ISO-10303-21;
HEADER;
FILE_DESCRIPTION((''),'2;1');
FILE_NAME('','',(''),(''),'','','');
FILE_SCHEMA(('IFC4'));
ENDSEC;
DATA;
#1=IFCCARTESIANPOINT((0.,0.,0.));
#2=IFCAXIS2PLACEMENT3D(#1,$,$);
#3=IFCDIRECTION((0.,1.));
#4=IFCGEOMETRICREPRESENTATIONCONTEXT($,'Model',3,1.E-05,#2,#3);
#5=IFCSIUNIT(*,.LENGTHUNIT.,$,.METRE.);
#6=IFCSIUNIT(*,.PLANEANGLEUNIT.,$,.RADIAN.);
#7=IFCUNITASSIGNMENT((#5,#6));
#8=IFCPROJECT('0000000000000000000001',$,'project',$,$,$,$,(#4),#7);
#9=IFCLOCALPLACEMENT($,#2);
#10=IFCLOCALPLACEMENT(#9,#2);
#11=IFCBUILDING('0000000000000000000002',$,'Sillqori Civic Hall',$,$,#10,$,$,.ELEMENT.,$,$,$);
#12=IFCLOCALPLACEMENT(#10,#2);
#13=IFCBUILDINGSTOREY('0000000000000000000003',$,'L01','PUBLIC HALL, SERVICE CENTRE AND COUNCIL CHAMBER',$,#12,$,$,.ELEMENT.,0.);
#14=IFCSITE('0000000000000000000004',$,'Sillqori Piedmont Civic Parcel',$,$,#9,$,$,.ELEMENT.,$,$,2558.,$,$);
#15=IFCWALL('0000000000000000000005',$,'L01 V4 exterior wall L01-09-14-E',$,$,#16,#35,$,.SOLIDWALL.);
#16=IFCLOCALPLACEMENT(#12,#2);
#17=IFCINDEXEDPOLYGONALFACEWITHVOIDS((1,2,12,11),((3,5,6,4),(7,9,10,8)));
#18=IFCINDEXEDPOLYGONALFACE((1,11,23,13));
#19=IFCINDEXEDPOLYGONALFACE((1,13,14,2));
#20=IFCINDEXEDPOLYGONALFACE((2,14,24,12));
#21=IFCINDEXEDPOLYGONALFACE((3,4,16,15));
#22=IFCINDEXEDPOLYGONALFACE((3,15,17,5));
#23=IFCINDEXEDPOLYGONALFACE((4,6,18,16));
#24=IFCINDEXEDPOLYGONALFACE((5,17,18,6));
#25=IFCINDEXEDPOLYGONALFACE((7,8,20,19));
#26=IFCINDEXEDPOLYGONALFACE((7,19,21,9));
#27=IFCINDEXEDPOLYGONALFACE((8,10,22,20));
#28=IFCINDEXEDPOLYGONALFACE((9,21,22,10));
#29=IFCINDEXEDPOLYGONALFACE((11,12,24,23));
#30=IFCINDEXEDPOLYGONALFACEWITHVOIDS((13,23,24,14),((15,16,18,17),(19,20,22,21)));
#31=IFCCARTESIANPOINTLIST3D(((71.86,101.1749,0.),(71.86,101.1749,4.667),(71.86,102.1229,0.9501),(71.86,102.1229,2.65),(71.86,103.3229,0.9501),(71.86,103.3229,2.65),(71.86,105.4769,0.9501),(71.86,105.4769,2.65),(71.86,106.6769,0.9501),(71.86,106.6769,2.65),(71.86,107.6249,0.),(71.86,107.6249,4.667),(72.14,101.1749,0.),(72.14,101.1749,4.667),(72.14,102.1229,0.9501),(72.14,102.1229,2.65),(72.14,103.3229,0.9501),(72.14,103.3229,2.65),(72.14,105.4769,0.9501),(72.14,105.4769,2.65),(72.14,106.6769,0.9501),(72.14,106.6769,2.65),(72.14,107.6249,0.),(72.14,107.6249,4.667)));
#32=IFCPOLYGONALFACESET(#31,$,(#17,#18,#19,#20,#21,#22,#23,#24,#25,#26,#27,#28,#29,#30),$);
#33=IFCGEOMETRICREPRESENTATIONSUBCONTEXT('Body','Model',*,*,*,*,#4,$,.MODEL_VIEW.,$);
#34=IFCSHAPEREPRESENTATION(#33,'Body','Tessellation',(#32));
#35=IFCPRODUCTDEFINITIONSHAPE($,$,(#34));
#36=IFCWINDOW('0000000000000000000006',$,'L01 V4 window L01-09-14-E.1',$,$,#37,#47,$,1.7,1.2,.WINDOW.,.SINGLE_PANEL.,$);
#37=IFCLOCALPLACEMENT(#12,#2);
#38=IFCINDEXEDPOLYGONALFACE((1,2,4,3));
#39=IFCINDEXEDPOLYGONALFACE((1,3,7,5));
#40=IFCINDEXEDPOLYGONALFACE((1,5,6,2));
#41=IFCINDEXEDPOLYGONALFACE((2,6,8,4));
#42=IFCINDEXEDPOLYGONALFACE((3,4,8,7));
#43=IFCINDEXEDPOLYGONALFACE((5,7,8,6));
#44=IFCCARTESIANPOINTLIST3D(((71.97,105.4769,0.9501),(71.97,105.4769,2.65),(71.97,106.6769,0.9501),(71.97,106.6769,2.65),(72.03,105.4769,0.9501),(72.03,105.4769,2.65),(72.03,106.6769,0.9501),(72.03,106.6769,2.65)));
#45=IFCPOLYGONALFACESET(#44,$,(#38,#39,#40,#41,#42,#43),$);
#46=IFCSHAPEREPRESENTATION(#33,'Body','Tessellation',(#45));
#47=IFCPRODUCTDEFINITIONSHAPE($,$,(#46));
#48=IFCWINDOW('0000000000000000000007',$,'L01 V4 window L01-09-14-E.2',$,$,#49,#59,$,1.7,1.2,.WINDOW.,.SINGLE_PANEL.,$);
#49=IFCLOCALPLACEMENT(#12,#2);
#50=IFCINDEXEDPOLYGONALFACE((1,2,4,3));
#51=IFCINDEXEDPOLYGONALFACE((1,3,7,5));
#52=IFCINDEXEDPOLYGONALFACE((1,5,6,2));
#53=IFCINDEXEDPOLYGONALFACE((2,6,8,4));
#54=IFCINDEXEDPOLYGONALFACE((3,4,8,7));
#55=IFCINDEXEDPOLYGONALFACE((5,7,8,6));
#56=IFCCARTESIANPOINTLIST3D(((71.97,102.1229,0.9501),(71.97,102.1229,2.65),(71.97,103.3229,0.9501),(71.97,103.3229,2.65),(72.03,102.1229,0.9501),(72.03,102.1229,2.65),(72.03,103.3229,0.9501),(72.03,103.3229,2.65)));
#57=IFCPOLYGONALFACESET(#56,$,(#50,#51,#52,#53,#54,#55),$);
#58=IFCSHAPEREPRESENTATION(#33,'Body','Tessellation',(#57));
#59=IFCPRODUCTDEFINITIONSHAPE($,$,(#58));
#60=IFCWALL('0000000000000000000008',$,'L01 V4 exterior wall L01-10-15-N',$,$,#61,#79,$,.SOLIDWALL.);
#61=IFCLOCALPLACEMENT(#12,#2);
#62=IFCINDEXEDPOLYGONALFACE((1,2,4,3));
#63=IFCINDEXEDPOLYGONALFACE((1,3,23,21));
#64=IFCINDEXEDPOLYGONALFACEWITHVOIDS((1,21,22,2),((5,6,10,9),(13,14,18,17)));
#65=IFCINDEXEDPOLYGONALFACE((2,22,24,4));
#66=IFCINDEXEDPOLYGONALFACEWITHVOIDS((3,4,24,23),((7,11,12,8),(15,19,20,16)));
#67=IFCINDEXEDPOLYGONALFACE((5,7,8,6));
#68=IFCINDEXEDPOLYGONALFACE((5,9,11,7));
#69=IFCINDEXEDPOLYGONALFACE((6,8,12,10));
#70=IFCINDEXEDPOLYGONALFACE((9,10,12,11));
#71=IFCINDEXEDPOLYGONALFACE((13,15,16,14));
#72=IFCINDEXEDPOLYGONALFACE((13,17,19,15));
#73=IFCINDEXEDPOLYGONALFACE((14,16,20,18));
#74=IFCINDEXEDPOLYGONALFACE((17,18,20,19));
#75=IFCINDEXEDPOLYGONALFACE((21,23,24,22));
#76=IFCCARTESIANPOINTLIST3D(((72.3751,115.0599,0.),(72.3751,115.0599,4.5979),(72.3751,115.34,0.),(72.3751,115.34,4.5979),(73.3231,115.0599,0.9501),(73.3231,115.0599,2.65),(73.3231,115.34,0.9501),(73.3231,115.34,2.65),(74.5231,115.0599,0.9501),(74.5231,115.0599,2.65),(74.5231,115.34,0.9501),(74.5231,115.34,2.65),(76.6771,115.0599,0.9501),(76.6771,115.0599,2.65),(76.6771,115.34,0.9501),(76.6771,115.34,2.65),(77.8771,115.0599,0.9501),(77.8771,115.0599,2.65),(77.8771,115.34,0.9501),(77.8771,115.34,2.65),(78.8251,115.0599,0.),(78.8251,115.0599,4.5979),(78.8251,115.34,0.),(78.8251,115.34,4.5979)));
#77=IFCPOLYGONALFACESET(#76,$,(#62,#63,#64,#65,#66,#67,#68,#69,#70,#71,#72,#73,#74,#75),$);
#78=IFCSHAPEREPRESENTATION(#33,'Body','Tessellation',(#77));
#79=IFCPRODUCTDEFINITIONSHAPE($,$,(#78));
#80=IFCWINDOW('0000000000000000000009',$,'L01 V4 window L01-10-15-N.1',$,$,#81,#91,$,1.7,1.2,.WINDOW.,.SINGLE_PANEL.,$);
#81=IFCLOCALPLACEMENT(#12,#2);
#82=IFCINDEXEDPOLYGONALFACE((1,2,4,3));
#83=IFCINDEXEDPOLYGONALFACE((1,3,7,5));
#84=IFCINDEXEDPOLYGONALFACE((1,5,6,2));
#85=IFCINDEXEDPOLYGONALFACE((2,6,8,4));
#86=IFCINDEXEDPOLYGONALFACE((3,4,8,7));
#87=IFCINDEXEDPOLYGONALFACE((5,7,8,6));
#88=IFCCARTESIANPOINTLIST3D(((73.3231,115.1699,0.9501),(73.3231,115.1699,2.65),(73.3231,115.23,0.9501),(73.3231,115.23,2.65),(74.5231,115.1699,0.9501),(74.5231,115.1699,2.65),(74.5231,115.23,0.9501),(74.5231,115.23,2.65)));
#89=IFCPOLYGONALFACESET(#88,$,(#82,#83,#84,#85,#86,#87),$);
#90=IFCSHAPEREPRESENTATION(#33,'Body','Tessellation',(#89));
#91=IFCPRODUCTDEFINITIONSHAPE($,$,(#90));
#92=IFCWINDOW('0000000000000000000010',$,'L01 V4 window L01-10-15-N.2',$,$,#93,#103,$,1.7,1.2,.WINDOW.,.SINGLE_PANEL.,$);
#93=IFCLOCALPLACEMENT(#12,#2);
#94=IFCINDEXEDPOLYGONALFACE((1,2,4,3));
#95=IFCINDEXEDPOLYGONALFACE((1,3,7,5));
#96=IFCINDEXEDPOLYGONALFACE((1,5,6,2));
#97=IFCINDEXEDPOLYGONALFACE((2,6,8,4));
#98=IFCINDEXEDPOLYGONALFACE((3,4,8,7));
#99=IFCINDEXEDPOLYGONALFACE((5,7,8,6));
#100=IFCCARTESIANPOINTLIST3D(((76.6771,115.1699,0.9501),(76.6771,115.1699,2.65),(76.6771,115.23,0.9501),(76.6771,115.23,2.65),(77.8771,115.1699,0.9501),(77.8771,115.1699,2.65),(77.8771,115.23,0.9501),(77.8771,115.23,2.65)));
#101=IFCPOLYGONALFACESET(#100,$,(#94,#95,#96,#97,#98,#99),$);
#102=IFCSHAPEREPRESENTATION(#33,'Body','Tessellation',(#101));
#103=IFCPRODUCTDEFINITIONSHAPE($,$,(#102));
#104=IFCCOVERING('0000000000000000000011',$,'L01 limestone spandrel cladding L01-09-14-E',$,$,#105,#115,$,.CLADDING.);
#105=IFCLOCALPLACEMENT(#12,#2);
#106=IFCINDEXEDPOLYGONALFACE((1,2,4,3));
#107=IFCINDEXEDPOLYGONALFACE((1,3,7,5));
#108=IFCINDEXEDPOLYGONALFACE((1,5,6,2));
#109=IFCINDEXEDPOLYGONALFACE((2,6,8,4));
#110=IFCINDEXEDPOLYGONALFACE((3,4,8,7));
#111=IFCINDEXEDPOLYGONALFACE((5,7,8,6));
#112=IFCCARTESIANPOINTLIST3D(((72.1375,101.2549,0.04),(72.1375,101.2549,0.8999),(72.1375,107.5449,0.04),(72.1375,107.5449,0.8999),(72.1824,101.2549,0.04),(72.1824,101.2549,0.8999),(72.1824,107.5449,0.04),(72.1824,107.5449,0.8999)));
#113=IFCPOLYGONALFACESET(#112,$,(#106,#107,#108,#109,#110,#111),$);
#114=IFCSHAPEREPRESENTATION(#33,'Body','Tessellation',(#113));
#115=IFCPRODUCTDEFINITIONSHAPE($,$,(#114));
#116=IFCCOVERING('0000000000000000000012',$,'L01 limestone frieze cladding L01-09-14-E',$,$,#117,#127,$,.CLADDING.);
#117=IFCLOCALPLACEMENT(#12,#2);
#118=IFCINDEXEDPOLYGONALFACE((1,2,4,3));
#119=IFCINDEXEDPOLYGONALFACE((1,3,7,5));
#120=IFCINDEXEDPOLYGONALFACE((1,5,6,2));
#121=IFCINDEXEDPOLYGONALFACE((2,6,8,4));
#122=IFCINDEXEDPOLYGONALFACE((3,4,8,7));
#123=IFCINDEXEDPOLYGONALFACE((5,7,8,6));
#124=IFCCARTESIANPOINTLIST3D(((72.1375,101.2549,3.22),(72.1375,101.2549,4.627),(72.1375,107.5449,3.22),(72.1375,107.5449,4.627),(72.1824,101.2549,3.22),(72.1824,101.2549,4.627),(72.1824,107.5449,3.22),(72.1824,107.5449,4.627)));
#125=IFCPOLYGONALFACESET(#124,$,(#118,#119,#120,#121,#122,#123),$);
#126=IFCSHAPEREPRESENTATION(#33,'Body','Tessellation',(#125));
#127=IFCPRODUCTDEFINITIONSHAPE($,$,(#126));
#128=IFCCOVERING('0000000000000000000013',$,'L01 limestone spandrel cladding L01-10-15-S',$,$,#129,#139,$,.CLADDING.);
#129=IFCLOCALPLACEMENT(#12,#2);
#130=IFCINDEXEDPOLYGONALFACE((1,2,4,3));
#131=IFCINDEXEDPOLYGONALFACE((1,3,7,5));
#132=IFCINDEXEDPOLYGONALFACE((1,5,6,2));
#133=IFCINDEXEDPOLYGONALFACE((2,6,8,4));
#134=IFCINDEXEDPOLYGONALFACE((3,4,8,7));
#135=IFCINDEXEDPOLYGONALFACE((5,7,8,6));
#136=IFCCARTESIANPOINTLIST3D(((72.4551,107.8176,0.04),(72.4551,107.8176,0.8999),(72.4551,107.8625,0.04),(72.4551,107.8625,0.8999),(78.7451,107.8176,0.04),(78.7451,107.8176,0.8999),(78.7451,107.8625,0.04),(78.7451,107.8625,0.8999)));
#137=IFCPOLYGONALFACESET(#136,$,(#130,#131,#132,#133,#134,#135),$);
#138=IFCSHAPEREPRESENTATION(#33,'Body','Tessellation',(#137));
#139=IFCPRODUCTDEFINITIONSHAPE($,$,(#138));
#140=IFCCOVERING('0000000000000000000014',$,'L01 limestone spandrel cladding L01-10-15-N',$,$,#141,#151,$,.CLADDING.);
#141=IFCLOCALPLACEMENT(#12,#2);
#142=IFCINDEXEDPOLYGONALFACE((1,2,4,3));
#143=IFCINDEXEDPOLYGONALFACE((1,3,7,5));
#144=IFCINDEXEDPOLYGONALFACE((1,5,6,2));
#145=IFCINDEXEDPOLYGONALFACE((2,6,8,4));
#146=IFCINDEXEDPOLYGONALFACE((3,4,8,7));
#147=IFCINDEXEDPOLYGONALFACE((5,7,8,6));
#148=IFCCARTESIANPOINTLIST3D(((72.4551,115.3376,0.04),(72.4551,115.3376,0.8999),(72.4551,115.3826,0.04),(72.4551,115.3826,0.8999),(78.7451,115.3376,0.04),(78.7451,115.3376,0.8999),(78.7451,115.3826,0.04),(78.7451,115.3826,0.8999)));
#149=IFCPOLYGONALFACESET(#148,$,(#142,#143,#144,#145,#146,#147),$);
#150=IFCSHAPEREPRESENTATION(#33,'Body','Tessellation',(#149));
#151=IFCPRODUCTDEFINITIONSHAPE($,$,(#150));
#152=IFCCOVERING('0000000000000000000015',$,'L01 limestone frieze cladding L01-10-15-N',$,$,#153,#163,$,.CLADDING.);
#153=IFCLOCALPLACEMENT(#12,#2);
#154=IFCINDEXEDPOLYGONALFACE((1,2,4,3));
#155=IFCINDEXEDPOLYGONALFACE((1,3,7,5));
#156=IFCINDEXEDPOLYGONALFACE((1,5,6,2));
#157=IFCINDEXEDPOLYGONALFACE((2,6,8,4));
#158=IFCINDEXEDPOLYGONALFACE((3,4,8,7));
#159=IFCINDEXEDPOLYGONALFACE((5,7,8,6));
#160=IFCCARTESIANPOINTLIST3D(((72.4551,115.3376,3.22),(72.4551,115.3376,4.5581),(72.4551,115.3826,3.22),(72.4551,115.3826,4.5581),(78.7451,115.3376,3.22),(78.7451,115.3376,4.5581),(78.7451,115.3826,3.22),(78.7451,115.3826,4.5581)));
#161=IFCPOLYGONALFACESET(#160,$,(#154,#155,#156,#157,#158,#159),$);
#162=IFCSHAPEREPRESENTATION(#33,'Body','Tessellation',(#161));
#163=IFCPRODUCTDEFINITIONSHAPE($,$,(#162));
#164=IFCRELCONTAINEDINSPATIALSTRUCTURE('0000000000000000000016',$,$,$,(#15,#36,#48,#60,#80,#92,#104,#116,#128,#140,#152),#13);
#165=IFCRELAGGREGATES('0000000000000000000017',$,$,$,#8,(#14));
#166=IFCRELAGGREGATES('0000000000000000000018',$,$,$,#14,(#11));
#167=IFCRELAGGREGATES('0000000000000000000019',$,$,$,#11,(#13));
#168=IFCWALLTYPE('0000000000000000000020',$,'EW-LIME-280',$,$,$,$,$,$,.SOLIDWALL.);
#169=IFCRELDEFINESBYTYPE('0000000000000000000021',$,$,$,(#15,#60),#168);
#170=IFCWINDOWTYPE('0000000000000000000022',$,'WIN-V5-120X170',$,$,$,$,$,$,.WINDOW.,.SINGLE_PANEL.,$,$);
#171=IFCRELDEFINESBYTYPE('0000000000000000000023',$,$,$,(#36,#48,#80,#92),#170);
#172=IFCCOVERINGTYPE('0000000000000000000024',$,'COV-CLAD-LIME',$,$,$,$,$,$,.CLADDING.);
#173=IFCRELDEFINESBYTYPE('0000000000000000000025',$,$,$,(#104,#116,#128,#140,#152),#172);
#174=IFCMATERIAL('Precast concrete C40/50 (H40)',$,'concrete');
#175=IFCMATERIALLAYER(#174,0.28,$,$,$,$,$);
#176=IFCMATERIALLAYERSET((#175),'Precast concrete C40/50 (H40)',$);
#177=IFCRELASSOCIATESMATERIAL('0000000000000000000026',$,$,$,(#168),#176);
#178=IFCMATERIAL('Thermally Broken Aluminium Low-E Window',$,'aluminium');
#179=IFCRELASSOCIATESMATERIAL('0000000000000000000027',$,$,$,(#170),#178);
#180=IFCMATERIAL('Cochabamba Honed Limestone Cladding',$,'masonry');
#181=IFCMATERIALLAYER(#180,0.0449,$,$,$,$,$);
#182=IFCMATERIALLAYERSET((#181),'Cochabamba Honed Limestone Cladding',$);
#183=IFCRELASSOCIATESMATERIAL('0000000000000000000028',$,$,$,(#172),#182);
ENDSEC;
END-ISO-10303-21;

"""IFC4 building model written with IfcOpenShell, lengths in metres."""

from ifc_helpers import new_model, si_unit, direction, frame, frame_2d, origin, place, context, subcontext, project, spatial, rectangle, extrude, material, layer, layer_set, type_object, element, fill, save


model = new_model("IFC4")

# Units and contexts
model_context = context("Model", 3, precision=1e-05, world=origin(), true_north=direction((0.0, 1.0)))
body_context = subcontext(model_context, "Body", "Model", "MODEL_VIEW")
ifc_project = project(units=[si_unit("LENGTHUNIT", "METRE"), si_unit("PLANEANGLEUNIT", "RADIAN")], contexts=[model_context])

# Site, building, storey
site_placement = place(None, origin())
site = spatial("IfcSite", under=ifc_project, at=site_placement, Name="Sillqori Piedmont Civic Parcel", CompositionType="ELEMENT", RefElevation=2558.0)
building_placement = place(site_placement, origin())
building = spatial("IfcBuilding", under=site, at=building_placement, Name="Sillqori Civic Hall", CompositionType="ELEMENT")
storey_placement = place(building_placement, origin())
storey = spatial("IfcBuildingStorey", under=building, at=storey_placement, Name="L01", Description="PUBLIC HALL, SERVICE CENTRE AND COUNCIL CHAMBER", CompositionType="ELEMENT", Elevation=0.0)

# Walls, openings, windows
ifc_material_1 = material(Name="Precast concrete C40/50 (H40)", Category="concrete")
ifc_layer_1 = layer(ifc_material_1, 0.28)
ifc_layer_set_1 = layer_set([ifc_layer_1], Name="Precast concrete C40/50 (H40)")
wall_type = type_object("IfcWallType", Name="EW-LIME-280", PredefinedType="SOLIDWALL", material=ifc_layer_set_1)
wall_1_placement = place(storey_placement, frame((72.0, 107.625, 0.0), z_axis=(0.0, 0.0, 1.0), x_axis=(0.0, -1.0, 0.0)))
wall_1 = element("IfcWall", 1, at=wall_1_placement, inside=storey, type_object=wall_type, Name="L01 V4 exterior wall L01-09-14-E", PredefinedType="SOLIDWALL", context=body_context, shape_type="SweptSolid", body=[
    extrude(rectangle(XDim=6.45, YDim=0.28, at=frame_2d((3.2251, 0.0))), origin(), (0.0, 0.0, 1.0), 4.667),
])
opening_1_placement = place(wall_1_placement, frame((0.948, 0.0, 0.95)))
opening_1 = element("IfcOpeningElement", 2, at=opening_1_placement, cuts=wall_1, PredefinedType="OPENING", context=body_context, shape_type="SweptSolid", body=[
    extrude(rectangle(XDim=1.2, YDim=1.7, at=frame_2d((0.6001, 0.8501))), frame((0.0, 0.1499, 0.0), z_axis=(0.0, -1.0, 0.0), x_axis=(1.0, 0.0, 0.0)), (0.0, 0.0, 1.0), 0.3),
])
opening_2_placement = place(wall_1_placement, frame((4.302, 0.0, 0.95)))
opening_2 = element("IfcOpeningElement", 3, at=opening_2_placement, cuts=wall_1, PredefinedType="OPENING", context=body_context, shape_type="SweptSolid", body=[
    extrude(rectangle(XDim=1.2, YDim=1.7, at=frame_2d((0.6001, 0.8501))), frame((0.0, 0.1499, 0.0), z_axis=(0.0, -1.0, 0.0), x_axis=(1.0, 0.0, 0.0)), (0.0, 0.0, 1.0), 0.3),
])
ifc_material_2 = material(Name="Thermally Broken Aluminium Low-E Window", Category="aluminium")
window_type = type_object("IfcWindowType", Name="WIN-V5-120X170", PartitioningType="SINGLE_PANEL", PredefinedType="WINDOW", material=ifc_material_2)
window_1_placement = place(opening_1_placement, origin())
window_1 = element("IfcWindow", 4, at=window_1_placement, inside=storey, type_object=window_type, Name="L01 V4 window L01-09-14-E.1", OverallHeight=1.7, OverallWidth=1.2, PartitioningType="SINGLE_PANEL", PredefinedType="WINDOW", context=body_context, shape_type="SweptSolid", body=[
    extrude(rectangle(XDim=1.2, YDim=1.7, at=frame_2d((0.6001, 0.8501))), frame((0.0, 0.03, 0.0), z_axis=(0.0, -1.0, 0.0), x_axis=(1.0, 0.0, 0.0)), (0.0, 0.0, 1.0), 0.0601),
])
fill(opening_1, window_1)
window_2_placement = place(opening_2_placement, origin())
window_2 = element("IfcWindow", 5, at=window_2_placement, inside=storey, type_object=window_type, Name="L01 V4 window L01-09-14-E.2", OverallHeight=1.7, OverallWidth=1.2, PartitioningType="SINGLE_PANEL", PredefinedType="WINDOW", context=body_context, shape_type="SweptSolid", body=[
    extrude(rectangle(XDim=1.2, YDim=1.7, at=frame_2d((0.6001, 0.8501))), frame((0.0, 0.03, 0.0), z_axis=(0.0, -1.0, 0.0), x_axis=(1.0, 0.0, 0.0)), (0.0, 0.0, 1.0), 0.0601),
])
fill(opening_2, window_2)
wall_2_placement = place(storey_placement, frame((72.375, 115.2, 0.0), z_axis=(0.0, 0.0, 1.0), x_axis=(1.0, 0.0, 0.0)))
wall_2 = element("IfcWall", 6, at=wall_2_placement, inside=storey, type_object=wall_type, Name="L01 V4 exterior wall L01-10-15-N", PredefinedType="SOLIDWALL", context=body_context, shape_type="SweptSolid", body=[
    extrude(rectangle(XDim=6.45, YDim=0.28, at=frame_2d((3.2251, 0.0))), origin(), (0.0, 0.0, 1.0), 4.5979),
])
opening_3_placement = place(wall_2_placement, frame((0.948, 0.0, 0.95)))
opening_3 = element("IfcOpeningElement", 7, at=opening_3_placement, cuts=wall_2, PredefinedType="OPENING", context=body_context, shape_type="SweptSolid", body=[
    extrude(rectangle(XDim=1.2, YDim=1.7, at=frame_2d((0.6001, 0.8501))), frame((0.0, 0.1499, 0.0), z_axis=(0.0, -1.0, 0.0), x_axis=(1.0, 0.0, 0.0)), (0.0, 0.0, 1.0), 0.3),
])
opening_4_placement = place(wall_2_placement, frame((4.302, 0.0, 0.95)))
opening_4 = element("IfcOpeningElement", 8, at=opening_4_placement, cuts=wall_2, PredefinedType="OPENING", context=body_context, shape_type="SweptSolid", body=[
    extrude(rectangle(XDim=1.2, YDim=1.7, at=frame_2d((0.6001, 0.8501))), frame((0.0, 0.1499, 0.0), z_axis=(0.0, -1.0, 0.0), x_axis=(1.0, 0.0, 0.0)), (0.0, 0.0, 1.0), 0.3),
])
window_3_placement = place(opening_3_placement, origin())
window_3 = element("IfcWindow", 9, at=window_3_placement, inside=storey, type_object=window_type, Name="L01 V4 window L01-10-15-N.1", OverallHeight=1.7, OverallWidth=1.2, PartitioningType="SINGLE_PANEL", PredefinedType="WINDOW", context=body_context, shape_type="SweptSolid", body=[
    extrude(rectangle(XDim=1.2, YDim=1.7, at=frame_2d((0.6001, 0.8501))), frame((0.0, 0.03, 0.0), z_axis=(0.0, -1.0, 0.0), x_axis=(1.0, 0.0, 0.0)), (0.0, 0.0, 1.0), 0.0601),
])
fill(opening_3, window_3)
window_4_placement = place(opening_4_placement, origin())
window_4 = element("IfcWindow", 10, at=window_4_placement, inside=storey, type_object=window_type, Name="L01 V4 window L01-10-15-N.2", OverallHeight=1.7, OverallWidth=1.2, PartitioningType="SINGLE_PANEL", PredefinedType="WINDOW", context=body_context, shape_type="SweptSolid", body=[
    extrude(rectangle(XDim=1.2, YDim=1.7, at=frame_2d((0.6001, 0.8501))), frame((0.0, 0.03, 0.0), z_axis=(0.0, -1.0, 0.0), x_axis=(1.0, 0.0, 0.0)), (0.0, 0.0, 1.0), 0.0601),
])
fill(opening_4, window_4)

# Coverings
ifc_material_3 = material(Name="Cochabamba Honed Limestone Cladding", Category="masonry")
ifc_layer_2 = layer(ifc_material_3, 0.0449)
ifc_layer_set_2 = layer_set([ifc_layer_2], Name="Cochabamba Honed Limestone Cladding")
covering_type = type_object("IfcCoveringType", Name="COV-CLAD-LIME", PredefinedType="CLADDING", material=ifc_layer_set_2)
covering_1_placement = place(storey_placement, frame((72.1599, 107.5449, 0.04), z_axis=(0.0, 0.0, 1.0), x_axis=(0.0, -1.0, 0.0)))
element("IfcCovering", 11, at=covering_1_placement, inside=storey, type_object=covering_type, Name="L01 limestone spandrel cladding L01-09-14-E", PredefinedType="CLADDING", context=body_context, shape_type="SweptSolid", body=[
    extrude(rectangle(XDim=6.29, YDim=0.0449, at=frame_2d((3.145, 0.0))), origin(), (0.0, 0.0, 1.0), 0.8599),
])
covering_2_placement = place(storey_placement, frame((72.1599, 107.5449, 3.22), z_axis=(0.0, 0.0, 1.0), x_axis=(0.0, -1.0, 0.0)))
element("IfcCovering", 12, at=covering_2_placement, inside=storey, type_object=covering_type, Name="L01 limestone frieze cladding L01-09-14-E", PredefinedType="CLADDING", context=body_context, shape_type="SweptSolid", body=[
    extrude(rectangle(XDim=6.29, YDim=0.0449, at=frame_2d((3.145, 0.0))), origin(), (0.0, 0.0, 1.0), 1.407),
])
for number, where, z_axis, x_axis, name in (
    (13, (78.7451, 107.8401, 0.04), (0.0, 0.0, 1.0), (-1.0, 0.0, 0.0), "L01 limestone spandrel cladding L01-10-15-S"),
    (14, (72.4551, 115.3601, 0.04), (0.0, 0.0, 1.0), (1.0, 0.0, 0.0), "L01 limestone spandrel cladding L01-10-15-N"),
):
    element("IfcCovering", number, at=place(storey_placement, frame(where, z_axis=z_axis, x_axis=x_axis)), inside=storey, type_object=covering_type, Name=name, PredefinedType="CLADDING", context=body_context, shape_type="SweptSolid", body=[
        extrude(rectangle(XDim=6.29, YDim=0.0449, at=frame_2d((3.145, 0.0))), origin(), (0.0, 0.0, 1.0), 0.8599),
    ])
covering_3_placement = place(storey_placement, frame((72.4551, 115.3601, 3.22), z_axis=(0.0, 0.0, 1.0), x_axis=(1.0, 0.0, 0.0)))
element("IfcCovering", 15, at=covering_3_placement, inside=storey, type_object=covering_type, Name="L01 limestone frieze cladding L01-10-15-N", PredefinedType="CLADDING", context=body_context, shape_type="SweptSolid", body=[
    extrude(rectangle(XDim=6.29, YDim=0.0449, at=frame_2d((3.145, 0.0))), origin(), (0.0, 0.0, 1.0), 1.3381),
])

save(model, "model.ifc")
